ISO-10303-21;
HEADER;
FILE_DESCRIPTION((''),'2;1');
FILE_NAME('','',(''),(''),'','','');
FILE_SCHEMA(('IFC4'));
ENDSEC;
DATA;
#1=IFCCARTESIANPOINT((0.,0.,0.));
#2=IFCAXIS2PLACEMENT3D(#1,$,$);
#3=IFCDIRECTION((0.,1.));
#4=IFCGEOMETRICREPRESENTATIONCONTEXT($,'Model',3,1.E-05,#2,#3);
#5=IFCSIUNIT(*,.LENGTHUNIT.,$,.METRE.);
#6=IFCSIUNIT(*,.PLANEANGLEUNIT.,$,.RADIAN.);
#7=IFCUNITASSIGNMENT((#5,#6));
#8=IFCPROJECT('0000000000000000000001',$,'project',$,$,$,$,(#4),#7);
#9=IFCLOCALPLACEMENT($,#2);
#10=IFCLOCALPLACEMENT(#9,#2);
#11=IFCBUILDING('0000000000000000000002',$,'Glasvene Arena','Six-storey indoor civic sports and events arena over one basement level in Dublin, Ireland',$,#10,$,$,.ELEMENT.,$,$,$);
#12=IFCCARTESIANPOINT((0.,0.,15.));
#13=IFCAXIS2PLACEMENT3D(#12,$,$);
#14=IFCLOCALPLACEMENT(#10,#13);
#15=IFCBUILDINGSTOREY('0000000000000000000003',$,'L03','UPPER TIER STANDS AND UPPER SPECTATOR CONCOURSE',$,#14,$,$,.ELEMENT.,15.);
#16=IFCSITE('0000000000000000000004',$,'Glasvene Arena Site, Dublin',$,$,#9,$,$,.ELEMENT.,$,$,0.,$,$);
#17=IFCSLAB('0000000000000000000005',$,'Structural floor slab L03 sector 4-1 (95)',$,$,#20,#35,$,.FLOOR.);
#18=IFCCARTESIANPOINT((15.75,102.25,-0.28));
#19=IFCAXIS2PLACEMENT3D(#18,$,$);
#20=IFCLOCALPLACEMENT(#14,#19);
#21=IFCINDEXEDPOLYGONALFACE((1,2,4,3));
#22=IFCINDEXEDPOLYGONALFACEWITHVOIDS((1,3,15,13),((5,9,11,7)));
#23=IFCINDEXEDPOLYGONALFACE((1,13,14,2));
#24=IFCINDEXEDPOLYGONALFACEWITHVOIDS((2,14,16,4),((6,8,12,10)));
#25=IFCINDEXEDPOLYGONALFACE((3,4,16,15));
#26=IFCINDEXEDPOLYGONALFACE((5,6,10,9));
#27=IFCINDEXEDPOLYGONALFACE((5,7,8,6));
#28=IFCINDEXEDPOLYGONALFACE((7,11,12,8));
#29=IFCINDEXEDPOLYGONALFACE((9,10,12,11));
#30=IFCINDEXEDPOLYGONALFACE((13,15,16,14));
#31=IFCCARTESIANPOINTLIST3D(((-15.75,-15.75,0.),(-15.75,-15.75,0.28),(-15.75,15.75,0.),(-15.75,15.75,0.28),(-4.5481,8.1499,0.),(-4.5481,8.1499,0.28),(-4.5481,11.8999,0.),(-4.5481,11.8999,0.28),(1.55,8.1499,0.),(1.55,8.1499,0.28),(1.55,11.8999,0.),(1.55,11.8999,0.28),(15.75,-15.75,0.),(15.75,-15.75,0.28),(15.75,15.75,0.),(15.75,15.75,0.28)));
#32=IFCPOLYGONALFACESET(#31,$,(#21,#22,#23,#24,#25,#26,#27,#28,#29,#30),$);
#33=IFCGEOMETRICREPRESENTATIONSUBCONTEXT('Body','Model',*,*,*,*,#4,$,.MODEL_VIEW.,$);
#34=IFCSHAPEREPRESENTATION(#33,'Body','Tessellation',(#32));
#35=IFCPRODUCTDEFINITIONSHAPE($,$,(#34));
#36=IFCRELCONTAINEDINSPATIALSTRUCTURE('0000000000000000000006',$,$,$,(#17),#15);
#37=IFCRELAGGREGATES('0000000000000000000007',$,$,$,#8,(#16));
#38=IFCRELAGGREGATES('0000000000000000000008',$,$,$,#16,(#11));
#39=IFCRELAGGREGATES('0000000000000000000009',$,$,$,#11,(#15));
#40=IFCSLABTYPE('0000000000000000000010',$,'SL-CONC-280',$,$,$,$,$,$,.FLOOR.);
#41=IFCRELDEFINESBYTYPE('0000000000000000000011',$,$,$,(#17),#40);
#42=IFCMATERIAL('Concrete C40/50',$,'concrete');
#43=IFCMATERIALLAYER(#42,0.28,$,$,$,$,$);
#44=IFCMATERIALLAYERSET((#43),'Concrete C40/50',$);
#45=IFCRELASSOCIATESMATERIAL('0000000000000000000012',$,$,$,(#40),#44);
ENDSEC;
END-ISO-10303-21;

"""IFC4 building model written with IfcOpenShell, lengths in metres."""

from ifc_helpers import new_model, si_unit, direction, frame, origin, place, context, subcontext, project, spatial, polyline, outline, extrude, material, layer, layer_set, type_object, element, save


model = new_model("IFC4")

# Units and contexts
model_context = context("Model", 3, precision=1e-05, world=origin(), true_north=direction((0.0, 1.0)))
body_context = subcontext(model_context, "Body", "Model", "MODEL_VIEW")
ifc_project = project(units=[si_unit("LENGTHUNIT", "METRE"), si_unit("PLANEANGLEUNIT", "RADIAN")], contexts=[model_context])

# Site, building, storey
site_placement = place(None, origin())
site = spatial("IfcSite", under=ifc_project, at=site_placement, Name="Glasvene Arena Site, Dublin", CompositionType="ELEMENT", RefElevation=0.0)
building_placement = place(site_placement, origin())
building = spatial("IfcBuilding", under=site, at=building_placement, Name="Glasvene Arena", Description="Six-storey indoor civic sports and events arena over one basement level in Dublin, Ireland", CompositionType="ELEMENT")
storey_placement = place(building_placement, frame((0.0, 0.0, 15.0)))
storey = spatial("IfcBuildingStorey", under=building, at=storey_placement, Name="L03", Description="UPPER TIER STANDS AND UPPER SPECTATOR CONCOURSE", CompositionType="ELEMENT", Elevation=15.0)

# Slab
ifc_material_1 = material(Name="Concrete C40/50", Category="concrete")
ifc_layer_1 = layer(ifc_material_1, 0.28)
ifc_layer_set_1 = layer_set([ifc_layer_1], Name="Concrete C40/50")
slab_type = type_object("IfcSlabType", Name="SL-CONC-280", PredefinedType="FLOOR", material=ifc_layer_set_1)
slab_placement = place(storey_placement, frame((15.75, 102.25, -0.28)))
element("IfcSlab", 1, at=slab_placement, inside=storey, type_object=slab_type, Name="Structural floor slab L03 sector 4-1 (95)", PredefinedType="FLOOR", context=body_context, shape_type="SweptSolid", body=[
    extrude(outline(polyline([(15.75, 15.75), (15.75, -15.75), (-15.75, -15.75), (-15.75, 15.75), (15.75, 15.75)]), holes=[polyline([(1.55, 8.1499), (1.55, 11.8999), (-4.5481, 11.8999), (-4.5481, 8.1499), (1.55, 8.1499)])]), origin(), (0.0, 0.0, 1.0), 0.28),
])

save(model, "model.ifc")
